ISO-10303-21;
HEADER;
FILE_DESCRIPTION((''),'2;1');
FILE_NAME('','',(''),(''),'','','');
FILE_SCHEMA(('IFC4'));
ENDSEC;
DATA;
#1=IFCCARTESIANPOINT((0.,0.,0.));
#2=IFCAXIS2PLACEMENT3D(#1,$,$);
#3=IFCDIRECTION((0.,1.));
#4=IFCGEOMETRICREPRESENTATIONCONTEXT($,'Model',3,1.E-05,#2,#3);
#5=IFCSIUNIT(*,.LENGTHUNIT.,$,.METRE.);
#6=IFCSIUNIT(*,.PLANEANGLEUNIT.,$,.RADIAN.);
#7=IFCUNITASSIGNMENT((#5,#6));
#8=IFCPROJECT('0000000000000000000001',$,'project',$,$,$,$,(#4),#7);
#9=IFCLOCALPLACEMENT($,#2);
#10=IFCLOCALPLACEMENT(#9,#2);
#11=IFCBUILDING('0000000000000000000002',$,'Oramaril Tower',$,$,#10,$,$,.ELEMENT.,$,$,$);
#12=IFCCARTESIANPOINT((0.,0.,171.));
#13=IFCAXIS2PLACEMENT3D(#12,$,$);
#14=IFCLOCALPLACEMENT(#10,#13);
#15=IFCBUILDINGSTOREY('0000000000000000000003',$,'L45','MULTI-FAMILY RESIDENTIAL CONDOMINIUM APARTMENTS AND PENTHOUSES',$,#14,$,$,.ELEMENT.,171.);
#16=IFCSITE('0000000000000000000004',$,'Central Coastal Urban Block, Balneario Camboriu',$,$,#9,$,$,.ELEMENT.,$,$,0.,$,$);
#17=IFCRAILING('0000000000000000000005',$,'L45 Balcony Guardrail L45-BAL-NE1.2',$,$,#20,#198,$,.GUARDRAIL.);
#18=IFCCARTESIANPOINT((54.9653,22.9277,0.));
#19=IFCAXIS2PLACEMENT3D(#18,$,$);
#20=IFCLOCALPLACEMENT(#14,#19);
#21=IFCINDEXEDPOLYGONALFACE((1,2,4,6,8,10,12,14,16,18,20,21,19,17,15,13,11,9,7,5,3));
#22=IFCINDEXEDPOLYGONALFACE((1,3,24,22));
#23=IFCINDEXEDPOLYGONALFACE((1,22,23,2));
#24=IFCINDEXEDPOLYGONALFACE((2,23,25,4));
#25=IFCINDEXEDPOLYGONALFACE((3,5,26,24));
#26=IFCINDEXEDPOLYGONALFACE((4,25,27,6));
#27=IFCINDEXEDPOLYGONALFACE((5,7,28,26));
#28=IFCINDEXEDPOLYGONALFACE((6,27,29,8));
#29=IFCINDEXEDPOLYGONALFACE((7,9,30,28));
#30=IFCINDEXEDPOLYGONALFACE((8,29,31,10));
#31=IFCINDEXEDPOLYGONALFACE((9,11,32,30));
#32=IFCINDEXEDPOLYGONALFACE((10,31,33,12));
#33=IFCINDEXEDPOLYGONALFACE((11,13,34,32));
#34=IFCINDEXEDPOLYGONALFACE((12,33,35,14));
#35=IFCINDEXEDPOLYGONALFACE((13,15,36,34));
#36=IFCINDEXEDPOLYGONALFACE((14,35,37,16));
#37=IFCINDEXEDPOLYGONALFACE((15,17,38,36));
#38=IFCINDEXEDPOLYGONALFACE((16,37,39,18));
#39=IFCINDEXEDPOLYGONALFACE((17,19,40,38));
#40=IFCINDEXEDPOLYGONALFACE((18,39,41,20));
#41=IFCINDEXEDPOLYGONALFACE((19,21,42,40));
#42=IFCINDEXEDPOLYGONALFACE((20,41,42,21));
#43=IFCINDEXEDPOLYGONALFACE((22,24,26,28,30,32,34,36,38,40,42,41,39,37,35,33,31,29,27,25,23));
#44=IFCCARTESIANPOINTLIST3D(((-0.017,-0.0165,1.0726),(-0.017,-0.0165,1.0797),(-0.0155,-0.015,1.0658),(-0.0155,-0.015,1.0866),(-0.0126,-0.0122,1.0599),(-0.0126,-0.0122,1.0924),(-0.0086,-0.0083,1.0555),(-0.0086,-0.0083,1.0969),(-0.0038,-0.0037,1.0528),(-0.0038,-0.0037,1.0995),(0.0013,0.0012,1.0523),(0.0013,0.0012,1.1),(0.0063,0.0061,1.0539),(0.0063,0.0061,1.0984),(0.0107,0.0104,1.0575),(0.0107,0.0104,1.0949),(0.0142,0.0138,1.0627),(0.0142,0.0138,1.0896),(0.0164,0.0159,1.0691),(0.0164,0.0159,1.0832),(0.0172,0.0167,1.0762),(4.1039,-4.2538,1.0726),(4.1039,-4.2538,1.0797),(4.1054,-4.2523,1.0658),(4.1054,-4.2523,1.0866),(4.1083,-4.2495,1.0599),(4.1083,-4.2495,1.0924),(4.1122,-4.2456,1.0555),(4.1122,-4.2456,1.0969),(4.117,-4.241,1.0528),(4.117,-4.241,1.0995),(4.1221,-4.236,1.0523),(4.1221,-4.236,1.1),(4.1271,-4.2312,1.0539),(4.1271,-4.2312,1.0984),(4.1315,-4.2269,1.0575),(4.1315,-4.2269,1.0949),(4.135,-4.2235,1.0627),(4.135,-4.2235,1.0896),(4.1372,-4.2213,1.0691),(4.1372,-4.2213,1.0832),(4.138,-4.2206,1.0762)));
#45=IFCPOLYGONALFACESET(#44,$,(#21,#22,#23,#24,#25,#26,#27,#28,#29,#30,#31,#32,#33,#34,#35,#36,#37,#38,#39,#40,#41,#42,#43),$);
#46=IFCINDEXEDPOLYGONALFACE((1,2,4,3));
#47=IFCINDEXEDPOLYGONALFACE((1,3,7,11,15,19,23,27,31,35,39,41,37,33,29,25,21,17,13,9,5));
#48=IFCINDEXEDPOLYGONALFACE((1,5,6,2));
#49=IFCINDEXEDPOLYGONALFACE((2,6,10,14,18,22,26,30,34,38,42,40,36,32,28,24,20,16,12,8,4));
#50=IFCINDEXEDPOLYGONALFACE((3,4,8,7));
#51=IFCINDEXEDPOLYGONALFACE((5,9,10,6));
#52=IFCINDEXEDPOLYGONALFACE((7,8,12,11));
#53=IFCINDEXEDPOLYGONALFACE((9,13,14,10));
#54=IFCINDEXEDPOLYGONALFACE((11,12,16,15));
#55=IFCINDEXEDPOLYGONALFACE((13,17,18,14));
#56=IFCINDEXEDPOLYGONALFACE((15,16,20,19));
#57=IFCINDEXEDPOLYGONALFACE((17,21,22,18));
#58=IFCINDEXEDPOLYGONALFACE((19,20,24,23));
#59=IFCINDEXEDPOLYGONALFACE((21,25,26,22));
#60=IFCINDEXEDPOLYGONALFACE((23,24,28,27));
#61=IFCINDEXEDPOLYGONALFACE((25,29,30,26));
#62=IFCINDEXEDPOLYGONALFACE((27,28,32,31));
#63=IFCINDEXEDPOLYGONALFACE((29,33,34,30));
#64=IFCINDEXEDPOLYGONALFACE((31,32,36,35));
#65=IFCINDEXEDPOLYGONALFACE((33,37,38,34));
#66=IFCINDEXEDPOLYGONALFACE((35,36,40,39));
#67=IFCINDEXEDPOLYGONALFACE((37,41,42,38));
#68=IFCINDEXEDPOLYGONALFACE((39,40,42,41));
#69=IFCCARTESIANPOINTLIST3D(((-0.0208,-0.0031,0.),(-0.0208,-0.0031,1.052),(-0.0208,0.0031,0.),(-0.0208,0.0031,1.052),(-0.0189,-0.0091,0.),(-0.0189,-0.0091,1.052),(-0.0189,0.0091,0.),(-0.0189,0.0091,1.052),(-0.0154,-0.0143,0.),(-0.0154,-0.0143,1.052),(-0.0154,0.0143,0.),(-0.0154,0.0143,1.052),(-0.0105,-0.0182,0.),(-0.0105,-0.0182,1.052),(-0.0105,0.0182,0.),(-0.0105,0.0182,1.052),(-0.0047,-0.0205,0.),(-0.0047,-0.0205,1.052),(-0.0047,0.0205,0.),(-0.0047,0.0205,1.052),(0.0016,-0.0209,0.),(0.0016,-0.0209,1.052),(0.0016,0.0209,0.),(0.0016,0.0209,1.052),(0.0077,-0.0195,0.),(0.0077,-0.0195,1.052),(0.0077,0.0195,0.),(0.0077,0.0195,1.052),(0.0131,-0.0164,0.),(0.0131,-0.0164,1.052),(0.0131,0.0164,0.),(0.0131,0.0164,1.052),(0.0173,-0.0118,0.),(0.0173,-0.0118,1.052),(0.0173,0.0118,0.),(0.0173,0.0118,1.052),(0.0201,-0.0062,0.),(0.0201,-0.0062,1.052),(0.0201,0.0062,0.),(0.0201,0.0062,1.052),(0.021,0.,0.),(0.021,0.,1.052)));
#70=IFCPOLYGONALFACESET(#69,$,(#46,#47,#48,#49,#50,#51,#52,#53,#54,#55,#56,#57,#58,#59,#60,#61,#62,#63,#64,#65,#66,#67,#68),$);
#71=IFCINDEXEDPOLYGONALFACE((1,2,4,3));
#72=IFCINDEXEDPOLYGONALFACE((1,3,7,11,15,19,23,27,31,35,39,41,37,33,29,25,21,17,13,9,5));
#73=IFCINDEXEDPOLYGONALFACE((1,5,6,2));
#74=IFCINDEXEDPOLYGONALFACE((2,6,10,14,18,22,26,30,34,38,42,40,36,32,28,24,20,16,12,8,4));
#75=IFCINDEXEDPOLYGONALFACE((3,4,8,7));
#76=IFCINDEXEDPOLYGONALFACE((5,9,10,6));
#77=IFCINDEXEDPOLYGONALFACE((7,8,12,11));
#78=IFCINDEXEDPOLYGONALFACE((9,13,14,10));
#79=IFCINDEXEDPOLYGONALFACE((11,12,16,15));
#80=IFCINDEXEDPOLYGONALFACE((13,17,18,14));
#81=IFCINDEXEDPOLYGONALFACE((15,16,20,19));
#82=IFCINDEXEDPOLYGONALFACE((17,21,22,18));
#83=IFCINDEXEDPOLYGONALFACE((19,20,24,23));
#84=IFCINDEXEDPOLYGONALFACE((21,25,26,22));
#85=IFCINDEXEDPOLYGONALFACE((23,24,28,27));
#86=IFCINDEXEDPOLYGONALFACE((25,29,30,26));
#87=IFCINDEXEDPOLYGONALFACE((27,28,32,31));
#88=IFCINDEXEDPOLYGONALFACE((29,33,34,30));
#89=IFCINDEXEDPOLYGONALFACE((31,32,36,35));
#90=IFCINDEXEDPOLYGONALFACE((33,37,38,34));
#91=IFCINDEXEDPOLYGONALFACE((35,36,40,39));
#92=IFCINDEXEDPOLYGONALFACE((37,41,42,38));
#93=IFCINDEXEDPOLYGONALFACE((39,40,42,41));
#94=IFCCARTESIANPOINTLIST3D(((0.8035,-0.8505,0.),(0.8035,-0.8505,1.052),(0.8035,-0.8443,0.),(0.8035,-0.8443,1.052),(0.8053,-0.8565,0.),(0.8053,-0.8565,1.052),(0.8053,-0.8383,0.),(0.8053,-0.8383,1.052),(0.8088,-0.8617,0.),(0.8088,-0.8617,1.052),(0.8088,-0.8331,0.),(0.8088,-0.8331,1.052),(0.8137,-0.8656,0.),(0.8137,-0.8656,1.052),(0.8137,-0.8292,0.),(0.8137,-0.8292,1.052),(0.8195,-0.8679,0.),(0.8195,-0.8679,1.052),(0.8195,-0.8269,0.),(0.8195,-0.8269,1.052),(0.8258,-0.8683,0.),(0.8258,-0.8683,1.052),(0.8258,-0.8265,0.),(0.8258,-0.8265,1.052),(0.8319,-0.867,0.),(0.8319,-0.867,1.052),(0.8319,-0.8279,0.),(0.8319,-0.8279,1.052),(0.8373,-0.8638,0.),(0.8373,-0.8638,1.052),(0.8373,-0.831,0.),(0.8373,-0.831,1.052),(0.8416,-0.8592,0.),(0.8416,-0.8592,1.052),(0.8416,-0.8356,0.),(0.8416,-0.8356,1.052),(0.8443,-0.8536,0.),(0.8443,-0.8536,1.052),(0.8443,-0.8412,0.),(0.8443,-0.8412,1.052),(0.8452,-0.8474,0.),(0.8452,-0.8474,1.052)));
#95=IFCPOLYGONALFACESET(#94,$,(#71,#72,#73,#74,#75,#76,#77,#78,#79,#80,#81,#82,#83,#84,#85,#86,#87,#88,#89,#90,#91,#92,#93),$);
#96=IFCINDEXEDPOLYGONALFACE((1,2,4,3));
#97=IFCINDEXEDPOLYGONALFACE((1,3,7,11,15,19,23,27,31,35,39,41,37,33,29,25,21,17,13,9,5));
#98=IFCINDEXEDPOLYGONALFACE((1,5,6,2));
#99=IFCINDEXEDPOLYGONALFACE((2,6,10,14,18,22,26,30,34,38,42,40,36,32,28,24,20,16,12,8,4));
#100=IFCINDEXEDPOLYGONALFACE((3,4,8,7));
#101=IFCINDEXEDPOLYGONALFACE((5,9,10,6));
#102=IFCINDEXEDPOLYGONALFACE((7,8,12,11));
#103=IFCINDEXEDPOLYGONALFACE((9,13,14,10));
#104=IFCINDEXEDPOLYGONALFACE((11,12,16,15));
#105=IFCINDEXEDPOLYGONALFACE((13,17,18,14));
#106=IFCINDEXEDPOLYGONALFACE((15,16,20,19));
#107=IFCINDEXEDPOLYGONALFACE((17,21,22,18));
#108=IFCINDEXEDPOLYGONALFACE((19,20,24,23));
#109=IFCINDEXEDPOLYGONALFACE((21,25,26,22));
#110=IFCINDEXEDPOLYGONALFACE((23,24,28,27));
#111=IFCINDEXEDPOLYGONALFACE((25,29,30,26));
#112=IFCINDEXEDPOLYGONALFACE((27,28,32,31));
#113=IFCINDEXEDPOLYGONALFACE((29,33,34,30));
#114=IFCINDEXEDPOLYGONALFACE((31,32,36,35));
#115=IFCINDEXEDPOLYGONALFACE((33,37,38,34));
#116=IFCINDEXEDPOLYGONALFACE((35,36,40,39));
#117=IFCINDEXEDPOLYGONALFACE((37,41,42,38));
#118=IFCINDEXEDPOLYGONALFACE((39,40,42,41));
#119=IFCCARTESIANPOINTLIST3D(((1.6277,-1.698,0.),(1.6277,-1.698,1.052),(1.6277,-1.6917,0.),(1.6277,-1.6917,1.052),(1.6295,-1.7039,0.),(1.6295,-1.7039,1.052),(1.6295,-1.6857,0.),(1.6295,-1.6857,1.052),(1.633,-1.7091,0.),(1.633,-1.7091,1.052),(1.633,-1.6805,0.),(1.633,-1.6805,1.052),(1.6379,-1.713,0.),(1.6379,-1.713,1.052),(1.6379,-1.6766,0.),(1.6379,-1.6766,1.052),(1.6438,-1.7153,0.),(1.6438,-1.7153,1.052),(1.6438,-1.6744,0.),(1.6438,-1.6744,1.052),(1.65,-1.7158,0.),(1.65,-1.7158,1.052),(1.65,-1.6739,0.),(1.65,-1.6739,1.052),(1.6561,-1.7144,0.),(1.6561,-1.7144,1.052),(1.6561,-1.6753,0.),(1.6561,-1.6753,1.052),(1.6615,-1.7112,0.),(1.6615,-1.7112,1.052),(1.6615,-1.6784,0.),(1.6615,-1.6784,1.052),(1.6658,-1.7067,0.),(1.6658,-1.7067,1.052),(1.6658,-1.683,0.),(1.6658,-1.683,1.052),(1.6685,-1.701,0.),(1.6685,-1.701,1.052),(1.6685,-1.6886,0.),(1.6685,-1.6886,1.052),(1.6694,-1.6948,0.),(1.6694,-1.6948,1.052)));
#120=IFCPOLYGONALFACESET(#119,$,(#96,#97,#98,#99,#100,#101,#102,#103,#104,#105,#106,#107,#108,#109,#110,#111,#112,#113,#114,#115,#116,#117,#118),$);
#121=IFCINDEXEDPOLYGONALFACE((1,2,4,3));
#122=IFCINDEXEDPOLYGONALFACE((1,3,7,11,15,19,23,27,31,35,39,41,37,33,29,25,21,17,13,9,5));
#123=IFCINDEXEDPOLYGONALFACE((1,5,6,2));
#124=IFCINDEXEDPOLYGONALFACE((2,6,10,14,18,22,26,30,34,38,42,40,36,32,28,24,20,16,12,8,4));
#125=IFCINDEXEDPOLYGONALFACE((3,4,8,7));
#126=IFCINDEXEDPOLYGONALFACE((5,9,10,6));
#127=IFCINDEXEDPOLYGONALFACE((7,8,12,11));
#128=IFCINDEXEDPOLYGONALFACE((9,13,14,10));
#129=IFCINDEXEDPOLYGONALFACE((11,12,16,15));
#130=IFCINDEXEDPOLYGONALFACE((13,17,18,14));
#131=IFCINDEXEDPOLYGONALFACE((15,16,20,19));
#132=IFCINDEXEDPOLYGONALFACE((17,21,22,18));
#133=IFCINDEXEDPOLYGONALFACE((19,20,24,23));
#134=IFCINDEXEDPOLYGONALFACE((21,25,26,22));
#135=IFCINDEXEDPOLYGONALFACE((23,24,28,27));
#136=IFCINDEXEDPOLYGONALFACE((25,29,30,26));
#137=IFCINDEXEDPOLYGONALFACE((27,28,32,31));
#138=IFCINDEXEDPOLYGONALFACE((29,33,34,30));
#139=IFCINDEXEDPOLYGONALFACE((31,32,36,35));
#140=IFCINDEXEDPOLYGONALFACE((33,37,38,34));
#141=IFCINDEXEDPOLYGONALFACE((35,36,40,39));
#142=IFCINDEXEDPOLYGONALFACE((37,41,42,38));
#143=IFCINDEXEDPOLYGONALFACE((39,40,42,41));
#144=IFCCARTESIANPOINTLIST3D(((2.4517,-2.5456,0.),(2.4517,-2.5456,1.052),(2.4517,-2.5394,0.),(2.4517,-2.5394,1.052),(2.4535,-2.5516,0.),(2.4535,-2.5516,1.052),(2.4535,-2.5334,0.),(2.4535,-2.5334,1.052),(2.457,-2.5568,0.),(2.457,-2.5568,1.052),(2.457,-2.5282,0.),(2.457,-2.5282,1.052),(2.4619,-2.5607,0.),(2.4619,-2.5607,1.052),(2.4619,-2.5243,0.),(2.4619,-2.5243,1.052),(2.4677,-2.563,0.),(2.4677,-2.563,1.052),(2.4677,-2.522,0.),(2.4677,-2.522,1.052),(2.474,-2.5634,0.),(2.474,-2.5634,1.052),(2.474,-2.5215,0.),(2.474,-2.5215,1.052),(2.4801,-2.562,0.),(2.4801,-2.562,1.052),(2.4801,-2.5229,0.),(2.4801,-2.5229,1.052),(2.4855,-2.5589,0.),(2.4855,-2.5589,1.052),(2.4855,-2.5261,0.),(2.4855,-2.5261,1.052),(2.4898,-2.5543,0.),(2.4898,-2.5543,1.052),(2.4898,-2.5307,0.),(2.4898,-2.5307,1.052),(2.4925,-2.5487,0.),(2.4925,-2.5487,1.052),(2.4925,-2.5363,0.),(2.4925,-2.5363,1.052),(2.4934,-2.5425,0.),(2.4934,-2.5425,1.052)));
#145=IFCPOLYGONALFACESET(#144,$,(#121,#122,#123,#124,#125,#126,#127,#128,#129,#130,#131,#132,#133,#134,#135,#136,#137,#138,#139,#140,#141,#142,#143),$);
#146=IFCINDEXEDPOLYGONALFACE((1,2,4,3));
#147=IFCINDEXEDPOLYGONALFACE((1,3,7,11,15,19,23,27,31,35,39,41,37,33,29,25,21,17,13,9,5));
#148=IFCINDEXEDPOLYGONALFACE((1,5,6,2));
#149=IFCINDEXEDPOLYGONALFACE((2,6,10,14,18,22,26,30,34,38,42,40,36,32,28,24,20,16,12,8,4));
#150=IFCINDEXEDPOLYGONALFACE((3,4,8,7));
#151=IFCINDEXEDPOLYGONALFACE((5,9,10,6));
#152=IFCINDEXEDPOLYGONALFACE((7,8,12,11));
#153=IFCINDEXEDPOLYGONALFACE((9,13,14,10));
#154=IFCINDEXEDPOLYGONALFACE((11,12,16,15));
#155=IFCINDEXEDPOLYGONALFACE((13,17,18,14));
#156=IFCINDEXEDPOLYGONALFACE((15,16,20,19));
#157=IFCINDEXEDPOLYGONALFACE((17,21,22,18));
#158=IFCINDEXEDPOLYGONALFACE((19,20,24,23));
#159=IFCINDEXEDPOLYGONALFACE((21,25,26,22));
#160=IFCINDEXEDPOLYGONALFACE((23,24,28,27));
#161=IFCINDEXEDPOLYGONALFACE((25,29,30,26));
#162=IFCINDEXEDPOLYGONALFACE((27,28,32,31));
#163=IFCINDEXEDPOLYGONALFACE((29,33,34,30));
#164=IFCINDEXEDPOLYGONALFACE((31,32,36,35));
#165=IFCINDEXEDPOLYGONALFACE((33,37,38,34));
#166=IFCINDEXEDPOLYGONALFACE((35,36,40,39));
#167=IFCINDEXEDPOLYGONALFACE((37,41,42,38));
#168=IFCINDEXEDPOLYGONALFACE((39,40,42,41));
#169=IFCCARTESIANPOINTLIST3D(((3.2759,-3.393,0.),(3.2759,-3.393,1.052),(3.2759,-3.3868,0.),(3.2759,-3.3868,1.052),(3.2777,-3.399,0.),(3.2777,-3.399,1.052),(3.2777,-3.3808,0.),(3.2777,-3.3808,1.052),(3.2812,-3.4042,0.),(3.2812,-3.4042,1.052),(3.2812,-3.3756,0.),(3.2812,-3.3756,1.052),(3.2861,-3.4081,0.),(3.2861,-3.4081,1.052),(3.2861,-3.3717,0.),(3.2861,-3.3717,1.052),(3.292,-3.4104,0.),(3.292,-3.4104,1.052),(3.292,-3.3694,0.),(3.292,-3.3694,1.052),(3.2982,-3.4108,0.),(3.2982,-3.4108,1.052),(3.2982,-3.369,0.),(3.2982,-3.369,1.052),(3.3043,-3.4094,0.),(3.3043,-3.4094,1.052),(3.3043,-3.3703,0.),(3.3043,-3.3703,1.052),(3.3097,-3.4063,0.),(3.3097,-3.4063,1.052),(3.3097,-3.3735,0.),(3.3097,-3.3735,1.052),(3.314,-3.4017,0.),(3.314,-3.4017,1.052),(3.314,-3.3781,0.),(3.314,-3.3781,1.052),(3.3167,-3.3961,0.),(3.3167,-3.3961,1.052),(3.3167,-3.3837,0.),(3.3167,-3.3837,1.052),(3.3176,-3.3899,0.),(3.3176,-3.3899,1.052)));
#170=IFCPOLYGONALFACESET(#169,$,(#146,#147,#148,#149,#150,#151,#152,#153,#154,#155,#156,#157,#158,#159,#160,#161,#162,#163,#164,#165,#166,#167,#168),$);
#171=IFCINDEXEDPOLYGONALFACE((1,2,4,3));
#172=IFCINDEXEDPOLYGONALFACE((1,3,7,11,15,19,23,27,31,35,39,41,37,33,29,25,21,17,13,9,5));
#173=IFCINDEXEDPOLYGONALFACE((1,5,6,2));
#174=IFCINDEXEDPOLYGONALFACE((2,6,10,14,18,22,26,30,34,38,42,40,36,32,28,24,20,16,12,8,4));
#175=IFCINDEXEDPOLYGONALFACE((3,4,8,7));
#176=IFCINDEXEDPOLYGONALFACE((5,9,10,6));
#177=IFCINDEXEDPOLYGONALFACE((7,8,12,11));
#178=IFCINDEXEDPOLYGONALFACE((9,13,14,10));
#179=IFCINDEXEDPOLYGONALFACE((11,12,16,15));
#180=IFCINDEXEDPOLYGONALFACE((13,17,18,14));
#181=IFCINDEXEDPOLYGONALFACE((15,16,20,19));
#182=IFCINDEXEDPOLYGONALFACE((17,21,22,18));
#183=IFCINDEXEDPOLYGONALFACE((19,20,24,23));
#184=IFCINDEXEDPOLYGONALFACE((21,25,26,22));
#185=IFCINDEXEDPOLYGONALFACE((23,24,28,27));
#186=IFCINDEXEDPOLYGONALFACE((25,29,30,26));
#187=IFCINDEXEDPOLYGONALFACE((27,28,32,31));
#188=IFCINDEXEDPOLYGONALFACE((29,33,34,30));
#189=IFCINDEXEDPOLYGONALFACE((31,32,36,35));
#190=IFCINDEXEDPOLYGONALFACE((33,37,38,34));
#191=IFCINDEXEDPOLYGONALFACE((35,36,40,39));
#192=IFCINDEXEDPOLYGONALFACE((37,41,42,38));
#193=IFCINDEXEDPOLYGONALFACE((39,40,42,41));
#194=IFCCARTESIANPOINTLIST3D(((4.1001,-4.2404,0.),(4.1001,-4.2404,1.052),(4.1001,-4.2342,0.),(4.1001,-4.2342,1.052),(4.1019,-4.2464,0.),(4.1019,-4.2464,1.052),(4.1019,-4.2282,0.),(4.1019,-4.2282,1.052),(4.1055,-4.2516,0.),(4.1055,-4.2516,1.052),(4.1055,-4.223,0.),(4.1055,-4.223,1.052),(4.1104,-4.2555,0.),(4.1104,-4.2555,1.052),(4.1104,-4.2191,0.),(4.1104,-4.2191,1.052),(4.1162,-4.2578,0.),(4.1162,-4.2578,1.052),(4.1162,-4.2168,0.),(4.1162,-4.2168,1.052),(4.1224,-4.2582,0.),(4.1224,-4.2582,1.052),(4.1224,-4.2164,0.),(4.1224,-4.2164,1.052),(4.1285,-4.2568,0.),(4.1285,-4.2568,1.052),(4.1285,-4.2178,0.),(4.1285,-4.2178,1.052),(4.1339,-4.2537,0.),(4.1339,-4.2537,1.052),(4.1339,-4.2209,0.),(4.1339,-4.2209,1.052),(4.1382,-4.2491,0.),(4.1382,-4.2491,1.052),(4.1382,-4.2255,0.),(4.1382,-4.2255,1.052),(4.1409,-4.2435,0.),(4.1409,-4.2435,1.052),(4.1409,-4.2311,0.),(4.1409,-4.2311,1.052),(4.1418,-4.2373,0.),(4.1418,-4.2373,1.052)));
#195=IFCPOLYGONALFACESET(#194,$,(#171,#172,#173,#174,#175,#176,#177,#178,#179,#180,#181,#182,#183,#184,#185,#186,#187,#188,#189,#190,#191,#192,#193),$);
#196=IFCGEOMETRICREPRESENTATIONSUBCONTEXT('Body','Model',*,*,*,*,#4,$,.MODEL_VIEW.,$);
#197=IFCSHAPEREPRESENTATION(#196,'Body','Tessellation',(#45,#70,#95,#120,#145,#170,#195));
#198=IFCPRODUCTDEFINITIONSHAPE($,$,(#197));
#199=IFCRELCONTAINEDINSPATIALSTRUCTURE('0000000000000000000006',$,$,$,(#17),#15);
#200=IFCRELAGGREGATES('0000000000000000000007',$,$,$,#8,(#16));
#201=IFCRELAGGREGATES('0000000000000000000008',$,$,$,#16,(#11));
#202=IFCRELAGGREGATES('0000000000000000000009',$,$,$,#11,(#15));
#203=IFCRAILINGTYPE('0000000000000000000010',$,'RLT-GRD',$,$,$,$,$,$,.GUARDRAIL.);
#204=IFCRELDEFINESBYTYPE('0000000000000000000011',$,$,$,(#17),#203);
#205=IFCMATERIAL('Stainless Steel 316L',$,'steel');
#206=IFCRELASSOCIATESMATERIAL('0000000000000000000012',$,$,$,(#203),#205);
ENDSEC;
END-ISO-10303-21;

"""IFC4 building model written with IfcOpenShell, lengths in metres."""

from ifc_helpers import new_model, si_unit, direction, frame, origin, origin_2d, place, context, subcontext, project, spatial, circle, extrude, material, type_object, element, save


model = new_model("IFC4")

# Units and contexts
model_context = context("Model", 3, precision=1e-05, world=origin(), true_north=direction((0.0, 1.0)))
body_context = subcontext(model_context, "Body", "Model", "MODEL_VIEW")
ifc_project = project(units=[si_unit("LENGTHUNIT", "METRE"), si_unit("PLANEANGLEUNIT", "RADIAN")], contexts=[model_context])

# Site, building, storey
site_placement = place(None, origin())
site = spatial("IfcSite", under=ifc_project, at=site_placement, Name="Central Coastal Urban Block, Balneario Camboriu", CompositionType="ELEMENT", RefElevation=0.0)
building_placement = place(site_placement, origin())
building = spatial("IfcBuilding", under=site, at=building_placement, Name="Oramaril Tower", CompositionType="ELEMENT")
storey_placement = place(building_placement, frame((0.0, 0.0, 171.0)))
storey = spatial("IfcBuildingStorey", under=building, at=storey_placement, Name="L45", Description="MULTI-FAMILY RESIDENTIAL CONDOMINIUM APARTMENTS AND PENTHOUSES", CompositionType="ELEMENT", Elevation=171.0)

# Railing
ifc_material_1 = material(Name="Stainless Steel 316L", Category="steel")
railing_type = type_object("IfcRailingType", Name="RLT-GRD", PredefinedType="GUARDRAIL", material=ifc_material_1)
railing_1_placement = place(storey_placement, frame((54.9653, 22.9277, 0.0)))
element("IfcRailing", 1, at=railing_1_placement, inside=storey, type_object=railing_type, Name="L45 Balcony Guardrail L45-BAL-NE1.2", PredefinedType="GUARDRAIL", context=body_context, shape_type="SweptSolid", body=[
    extrude(circle(Radius=0.0239, at=origin_2d()), frame((0.0, 0.0, 1.0762), z_axis=(0.697187, -0.716889, 0.0), x_axis=(0.716889, 0.697187, 0.0)), (0.0, 0.0, 1.0), 5.9106),
    extrude(circle(Radius=0.021, at=origin_2d()), origin(), (0.0, 0.0, 1.0), 1.052),
    extrude(circle(Radius=0.021, at=origin_2d()), frame((0.8242, -0.8474, 0.0)), (0.0, 0.0, 1.0), 1.052),
    extrude(circle(Radius=0.021, at=origin_2d()), frame((1.6484, -1.6948, 0.0)), (0.0, 0.0, 1.0), 1.052),
    extrude(circle(Radius=0.021, at=origin_2d()), frame((2.4724, -2.5425, 0.0)), (0.0, 0.0, 1.0), 1.052),
    extrude(circle(Radius=0.021, at=origin_2d()), frame((3.2966, -3.3899, 0.0)), (0.0, 0.0, 1.0), 1.052),
    extrude(circle(Radius=0.021, at=origin_2d()), frame((4.1208, -4.2373, 0.0)), (0.0, 0.0, 1.0), 1.052),
])

save(model, "model.ifc")
